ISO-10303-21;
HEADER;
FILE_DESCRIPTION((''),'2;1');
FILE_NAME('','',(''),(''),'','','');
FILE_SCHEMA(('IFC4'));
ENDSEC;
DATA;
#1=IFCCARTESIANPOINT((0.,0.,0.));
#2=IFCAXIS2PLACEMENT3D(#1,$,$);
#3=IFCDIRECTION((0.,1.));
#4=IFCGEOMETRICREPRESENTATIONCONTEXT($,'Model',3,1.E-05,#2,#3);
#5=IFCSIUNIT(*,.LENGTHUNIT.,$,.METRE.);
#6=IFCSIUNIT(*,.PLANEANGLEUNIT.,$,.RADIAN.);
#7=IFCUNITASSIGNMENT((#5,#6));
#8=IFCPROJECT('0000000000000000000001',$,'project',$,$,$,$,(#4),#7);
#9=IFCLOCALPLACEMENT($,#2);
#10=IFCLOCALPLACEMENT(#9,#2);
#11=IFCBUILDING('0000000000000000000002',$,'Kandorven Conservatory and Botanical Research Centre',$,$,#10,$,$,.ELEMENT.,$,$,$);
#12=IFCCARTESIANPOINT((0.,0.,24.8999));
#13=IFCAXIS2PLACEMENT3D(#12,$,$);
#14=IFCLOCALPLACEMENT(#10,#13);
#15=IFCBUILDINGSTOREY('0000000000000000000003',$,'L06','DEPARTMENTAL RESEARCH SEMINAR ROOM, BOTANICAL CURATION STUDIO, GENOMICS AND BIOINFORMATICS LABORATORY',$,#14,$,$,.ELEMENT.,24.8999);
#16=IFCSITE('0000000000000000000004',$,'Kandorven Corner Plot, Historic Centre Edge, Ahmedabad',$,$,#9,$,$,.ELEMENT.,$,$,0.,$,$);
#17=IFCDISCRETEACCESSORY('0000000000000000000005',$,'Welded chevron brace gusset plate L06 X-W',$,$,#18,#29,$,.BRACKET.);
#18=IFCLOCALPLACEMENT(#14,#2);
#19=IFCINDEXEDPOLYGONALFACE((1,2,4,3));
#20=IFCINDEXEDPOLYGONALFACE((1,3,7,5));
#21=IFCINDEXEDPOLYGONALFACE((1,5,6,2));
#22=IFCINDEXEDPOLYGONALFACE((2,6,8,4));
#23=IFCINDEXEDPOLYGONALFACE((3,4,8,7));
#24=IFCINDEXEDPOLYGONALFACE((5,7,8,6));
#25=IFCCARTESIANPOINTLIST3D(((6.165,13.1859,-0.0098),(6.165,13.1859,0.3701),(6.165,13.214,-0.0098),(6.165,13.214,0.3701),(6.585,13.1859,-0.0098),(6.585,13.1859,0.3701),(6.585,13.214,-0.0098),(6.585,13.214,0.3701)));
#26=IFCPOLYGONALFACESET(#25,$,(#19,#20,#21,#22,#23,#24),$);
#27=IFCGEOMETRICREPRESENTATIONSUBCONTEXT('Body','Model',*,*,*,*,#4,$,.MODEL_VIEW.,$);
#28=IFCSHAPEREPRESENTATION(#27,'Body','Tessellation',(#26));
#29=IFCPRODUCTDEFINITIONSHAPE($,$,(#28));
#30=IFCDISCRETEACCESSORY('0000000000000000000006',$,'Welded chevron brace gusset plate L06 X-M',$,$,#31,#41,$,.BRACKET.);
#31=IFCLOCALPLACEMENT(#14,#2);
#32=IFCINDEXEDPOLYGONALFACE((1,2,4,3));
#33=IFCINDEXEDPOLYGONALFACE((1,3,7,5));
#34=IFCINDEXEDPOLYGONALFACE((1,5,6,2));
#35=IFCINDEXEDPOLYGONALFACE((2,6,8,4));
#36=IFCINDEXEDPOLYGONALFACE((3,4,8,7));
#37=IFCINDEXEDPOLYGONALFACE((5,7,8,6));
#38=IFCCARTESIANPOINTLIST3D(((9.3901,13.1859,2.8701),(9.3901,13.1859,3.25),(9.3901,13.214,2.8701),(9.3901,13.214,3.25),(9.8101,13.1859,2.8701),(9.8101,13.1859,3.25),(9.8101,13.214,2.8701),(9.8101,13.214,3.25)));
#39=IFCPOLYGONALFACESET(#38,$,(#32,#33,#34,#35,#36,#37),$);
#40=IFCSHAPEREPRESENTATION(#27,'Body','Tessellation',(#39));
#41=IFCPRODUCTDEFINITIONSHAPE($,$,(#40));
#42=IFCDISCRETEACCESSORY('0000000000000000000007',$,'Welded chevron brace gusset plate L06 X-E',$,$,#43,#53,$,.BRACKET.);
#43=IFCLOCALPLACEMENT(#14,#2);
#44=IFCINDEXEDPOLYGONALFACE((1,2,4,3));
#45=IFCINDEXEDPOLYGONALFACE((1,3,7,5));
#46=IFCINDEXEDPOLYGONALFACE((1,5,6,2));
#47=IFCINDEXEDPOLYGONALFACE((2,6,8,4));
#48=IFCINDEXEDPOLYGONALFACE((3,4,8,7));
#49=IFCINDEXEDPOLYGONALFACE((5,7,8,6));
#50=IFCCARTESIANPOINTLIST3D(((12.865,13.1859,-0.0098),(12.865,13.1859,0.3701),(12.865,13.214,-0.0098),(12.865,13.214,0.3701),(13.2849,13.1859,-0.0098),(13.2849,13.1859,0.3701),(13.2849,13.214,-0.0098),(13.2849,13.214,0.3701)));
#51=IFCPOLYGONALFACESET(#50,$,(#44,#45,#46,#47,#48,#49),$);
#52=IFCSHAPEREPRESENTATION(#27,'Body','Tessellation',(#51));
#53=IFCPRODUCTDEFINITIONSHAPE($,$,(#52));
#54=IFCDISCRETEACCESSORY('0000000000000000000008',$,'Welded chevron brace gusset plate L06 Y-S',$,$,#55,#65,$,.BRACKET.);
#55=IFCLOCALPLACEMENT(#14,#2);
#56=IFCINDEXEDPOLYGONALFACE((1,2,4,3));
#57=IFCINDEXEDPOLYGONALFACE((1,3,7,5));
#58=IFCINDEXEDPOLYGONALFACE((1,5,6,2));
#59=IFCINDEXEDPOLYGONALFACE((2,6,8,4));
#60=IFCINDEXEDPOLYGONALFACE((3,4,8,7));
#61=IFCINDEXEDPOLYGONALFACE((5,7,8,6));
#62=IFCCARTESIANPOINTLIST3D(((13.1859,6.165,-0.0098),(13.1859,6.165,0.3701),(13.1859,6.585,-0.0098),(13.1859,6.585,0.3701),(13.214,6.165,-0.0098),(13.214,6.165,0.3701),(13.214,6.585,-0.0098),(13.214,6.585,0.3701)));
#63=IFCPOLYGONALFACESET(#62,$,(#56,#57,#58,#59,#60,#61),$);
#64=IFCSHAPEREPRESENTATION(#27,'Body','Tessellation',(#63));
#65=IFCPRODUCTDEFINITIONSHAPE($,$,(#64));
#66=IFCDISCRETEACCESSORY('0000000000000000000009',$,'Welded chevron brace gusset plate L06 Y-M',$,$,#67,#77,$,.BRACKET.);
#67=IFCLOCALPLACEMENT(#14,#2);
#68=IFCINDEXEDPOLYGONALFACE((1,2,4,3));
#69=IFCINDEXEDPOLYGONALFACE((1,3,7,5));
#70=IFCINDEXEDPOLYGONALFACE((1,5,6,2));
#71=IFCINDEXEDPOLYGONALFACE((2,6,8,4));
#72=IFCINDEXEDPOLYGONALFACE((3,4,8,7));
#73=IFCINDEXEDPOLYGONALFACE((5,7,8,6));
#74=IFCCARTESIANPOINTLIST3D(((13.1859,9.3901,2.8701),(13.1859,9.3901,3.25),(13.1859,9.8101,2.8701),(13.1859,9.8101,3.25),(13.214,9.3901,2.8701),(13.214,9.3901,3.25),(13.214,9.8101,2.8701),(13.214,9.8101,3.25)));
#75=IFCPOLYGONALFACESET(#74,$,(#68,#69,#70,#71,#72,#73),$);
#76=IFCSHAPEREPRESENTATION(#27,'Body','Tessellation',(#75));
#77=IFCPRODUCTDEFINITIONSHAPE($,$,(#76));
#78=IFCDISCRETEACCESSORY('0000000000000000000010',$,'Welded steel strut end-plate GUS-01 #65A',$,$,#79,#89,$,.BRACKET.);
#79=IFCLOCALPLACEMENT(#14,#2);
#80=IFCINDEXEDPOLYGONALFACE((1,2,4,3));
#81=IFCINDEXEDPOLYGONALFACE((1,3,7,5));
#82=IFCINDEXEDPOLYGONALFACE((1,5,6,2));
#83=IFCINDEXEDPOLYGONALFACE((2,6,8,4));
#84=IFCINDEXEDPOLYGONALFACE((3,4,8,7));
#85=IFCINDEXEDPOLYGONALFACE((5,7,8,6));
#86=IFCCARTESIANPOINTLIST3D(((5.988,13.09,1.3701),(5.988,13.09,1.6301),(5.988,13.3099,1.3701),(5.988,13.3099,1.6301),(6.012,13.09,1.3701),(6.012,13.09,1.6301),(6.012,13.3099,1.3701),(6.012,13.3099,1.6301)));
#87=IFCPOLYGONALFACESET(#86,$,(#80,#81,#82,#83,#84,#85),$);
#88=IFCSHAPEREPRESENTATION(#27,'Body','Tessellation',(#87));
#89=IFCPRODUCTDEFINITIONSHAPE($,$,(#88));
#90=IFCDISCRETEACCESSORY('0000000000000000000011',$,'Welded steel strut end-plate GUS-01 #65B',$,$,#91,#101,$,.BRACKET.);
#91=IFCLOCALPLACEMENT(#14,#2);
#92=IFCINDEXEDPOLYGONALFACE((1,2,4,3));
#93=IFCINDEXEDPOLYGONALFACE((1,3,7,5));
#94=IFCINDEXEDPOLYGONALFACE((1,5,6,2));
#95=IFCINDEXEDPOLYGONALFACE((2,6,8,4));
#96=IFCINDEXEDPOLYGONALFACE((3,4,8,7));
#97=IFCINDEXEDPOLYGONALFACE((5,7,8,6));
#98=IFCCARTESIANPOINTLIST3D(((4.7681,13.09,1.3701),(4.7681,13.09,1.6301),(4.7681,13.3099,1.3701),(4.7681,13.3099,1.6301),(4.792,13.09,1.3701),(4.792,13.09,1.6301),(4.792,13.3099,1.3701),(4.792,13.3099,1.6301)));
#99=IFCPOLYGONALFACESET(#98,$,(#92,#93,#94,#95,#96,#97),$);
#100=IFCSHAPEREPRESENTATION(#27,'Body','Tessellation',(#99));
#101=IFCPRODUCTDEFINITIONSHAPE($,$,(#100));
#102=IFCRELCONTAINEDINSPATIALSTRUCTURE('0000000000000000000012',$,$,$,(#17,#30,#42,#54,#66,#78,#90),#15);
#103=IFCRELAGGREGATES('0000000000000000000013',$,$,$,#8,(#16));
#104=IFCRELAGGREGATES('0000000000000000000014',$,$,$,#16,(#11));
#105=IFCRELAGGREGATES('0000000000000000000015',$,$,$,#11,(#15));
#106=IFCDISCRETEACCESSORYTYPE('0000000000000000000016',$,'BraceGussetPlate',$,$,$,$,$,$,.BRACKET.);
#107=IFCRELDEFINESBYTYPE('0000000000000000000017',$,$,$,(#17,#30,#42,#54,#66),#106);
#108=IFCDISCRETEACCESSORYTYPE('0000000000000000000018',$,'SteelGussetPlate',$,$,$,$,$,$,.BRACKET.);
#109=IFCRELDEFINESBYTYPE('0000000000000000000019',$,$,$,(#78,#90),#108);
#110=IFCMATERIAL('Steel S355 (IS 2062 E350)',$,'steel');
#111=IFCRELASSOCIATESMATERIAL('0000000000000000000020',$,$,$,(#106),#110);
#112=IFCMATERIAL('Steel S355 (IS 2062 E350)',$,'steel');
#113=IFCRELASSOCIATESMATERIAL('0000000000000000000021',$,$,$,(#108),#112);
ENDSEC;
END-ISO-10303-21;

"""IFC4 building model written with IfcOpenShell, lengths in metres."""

from ifc_helpers import new_model, si_unit, direction, frame, origin, origin_2d, place, context, subcontext, project, spatial, rectangle, extrude, material, type_object, element, save


model = new_model("IFC4")

# Units and contexts
model_context = context("Model", 3, precision=1e-05, world=origin(), true_north=direction((0.0, 1.0)))
body_context = subcontext(model_context, "Body", "Model", "MODEL_VIEW")
ifc_project = project(units=[si_unit("LENGTHUNIT", "METRE"), si_unit("PLANEANGLEUNIT", "RADIAN")], contexts=[model_context])

# Site, building, storey
site_placement = place(None, origin())
site = spatial("IfcSite", under=ifc_project, at=site_placement, Name="Kandorven Corner Plot, Historic Centre Edge, Ahmedabad", CompositionType="ELEMENT", RefElevation=0.0)
building_placement = place(site_placement, origin())
building = spatial("IfcBuilding", under=site, at=building_placement, Name="Kandorven Conservatory and Botanical Research Centre", CompositionType="ELEMENT")
storey_placement = place(building_placement, frame((0.0, 0.0, 24.8999)))
storey = spatial("IfcBuildingStorey", under=building, at=storey_placement, Name="L06", Description="DEPARTMENTAL RESEARCH SEMINAR ROOM, BOTANICAL CURATION STUDIO, GENOMICS AND BIOINFORMATICS LABORATORY", CompositionType="ELEMENT", Elevation=24.8999)

# Discrete accessories
ifc_material_1 = material(Name="Steel S355 (IS 2062 E350)", Category="steel")
discrete_accessory_type_1 = type_object("IfcDiscreteAccessoryType", Name="BraceGussetPlate", PredefinedType="BRACKET", material=ifc_material_1)
for number, where, z_axis, x_axis, name in (
    (1, (6.375, 13.2, -0.0098), (0.0, 0.0, 1.0), (1.0, 0.0, 0.0), "Welded chevron brace gusset plate L06 X-W"),
    (2, (9.6001, 13.2, 2.8701), (0.0, 0.0, 1.0), (1.0, 0.0, 0.0), "Welded chevron brace gusset plate L06 X-M"),
    (3, (13.075, 13.2, -0.0098), (0.0, 0.0, 1.0), (1.0, 0.0, 0.0), "Welded chevron brace gusset plate L06 X-E"),
):
    element("IfcDiscreteAccessory", number, at=place(storey_placement, frame(where, z_axis=z_axis, x_axis=x_axis)), inside=storey, type_object=discrete_accessory_type_1, Name=name, PredefinedType="BRACKET", context=body_context, shape_type="SweptSolid", body=[
        extrude(rectangle(XDim=0.4199, YDim=0.0281, at=origin_2d()), origin(), (0.0, 0.0, 1.0), 0.3799),
    ])
for number, where, z_axis, x_axis, name in (
    (4, (13.2, 6.375, -0.0098), (0.0, 0.0, 1.0), (1.0, 0.0, 0.0), "Welded chevron brace gusset plate L06 Y-S"),
    (5, (13.2, 9.6001, 2.8701), (0.0, 0.0, 1.0), (1.0, 0.0, 0.0), "Welded chevron brace gusset plate L06 Y-M"),
):
    element("IfcDiscreteAccessory", number, at=place(storey_placement, frame(where, z_axis=z_axis, x_axis=x_axis)), inside=storey, type_object=discrete_accessory_type_1, Name=name, PredefinedType="BRACKET", context=body_context, shape_type="SweptSolid", body=[
        extrude(rectangle(XDim=0.0281, YDim=0.4199, at=origin_2d()), origin(), (0.0, 0.0, 1.0), 0.3799),
    ])
ifc_material_2 = material(Name="Steel S355 (IS 2062 E350)", Category="steel")
discrete_accessory_type_2 = type_object("IfcDiscreteAccessoryType", Name="SteelGussetPlate", PredefinedType="BRACKET", material=ifc_material_2)
for number, where, z_axis, x_axis, name in (
    (6, (6.0, 13.2, 1.3701), (0.0, 0.0, 1.0), (1.0, 0.0, 0.0), "Welded steel strut end-plate GUS-01 #65A"),
    (7, (4.78, 13.2, 1.3701), (0.0, 0.0, 1.0), (1.0, 0.0, 0.0), "Welded steel strut end-plate GUS-01 #65B"),
):
    element("IfcDiscreteAccessory", number, at=place(storey_placement, frame(where, z_axis=z_axis, x_axis=x_axis)), inside=storey, type_object=discrete_accessory_type_2, Name=name, PredefinedType="BRACKET", context=body_context, shape_type="SweptSolid", body=[
        extrude(rectangle(XDim=0.0239, YDim=0.22, at=origin_2d()), origin(), (0.0, 0.0, 1.0), 0.26),
    ])

save(model, "model.ifc")
